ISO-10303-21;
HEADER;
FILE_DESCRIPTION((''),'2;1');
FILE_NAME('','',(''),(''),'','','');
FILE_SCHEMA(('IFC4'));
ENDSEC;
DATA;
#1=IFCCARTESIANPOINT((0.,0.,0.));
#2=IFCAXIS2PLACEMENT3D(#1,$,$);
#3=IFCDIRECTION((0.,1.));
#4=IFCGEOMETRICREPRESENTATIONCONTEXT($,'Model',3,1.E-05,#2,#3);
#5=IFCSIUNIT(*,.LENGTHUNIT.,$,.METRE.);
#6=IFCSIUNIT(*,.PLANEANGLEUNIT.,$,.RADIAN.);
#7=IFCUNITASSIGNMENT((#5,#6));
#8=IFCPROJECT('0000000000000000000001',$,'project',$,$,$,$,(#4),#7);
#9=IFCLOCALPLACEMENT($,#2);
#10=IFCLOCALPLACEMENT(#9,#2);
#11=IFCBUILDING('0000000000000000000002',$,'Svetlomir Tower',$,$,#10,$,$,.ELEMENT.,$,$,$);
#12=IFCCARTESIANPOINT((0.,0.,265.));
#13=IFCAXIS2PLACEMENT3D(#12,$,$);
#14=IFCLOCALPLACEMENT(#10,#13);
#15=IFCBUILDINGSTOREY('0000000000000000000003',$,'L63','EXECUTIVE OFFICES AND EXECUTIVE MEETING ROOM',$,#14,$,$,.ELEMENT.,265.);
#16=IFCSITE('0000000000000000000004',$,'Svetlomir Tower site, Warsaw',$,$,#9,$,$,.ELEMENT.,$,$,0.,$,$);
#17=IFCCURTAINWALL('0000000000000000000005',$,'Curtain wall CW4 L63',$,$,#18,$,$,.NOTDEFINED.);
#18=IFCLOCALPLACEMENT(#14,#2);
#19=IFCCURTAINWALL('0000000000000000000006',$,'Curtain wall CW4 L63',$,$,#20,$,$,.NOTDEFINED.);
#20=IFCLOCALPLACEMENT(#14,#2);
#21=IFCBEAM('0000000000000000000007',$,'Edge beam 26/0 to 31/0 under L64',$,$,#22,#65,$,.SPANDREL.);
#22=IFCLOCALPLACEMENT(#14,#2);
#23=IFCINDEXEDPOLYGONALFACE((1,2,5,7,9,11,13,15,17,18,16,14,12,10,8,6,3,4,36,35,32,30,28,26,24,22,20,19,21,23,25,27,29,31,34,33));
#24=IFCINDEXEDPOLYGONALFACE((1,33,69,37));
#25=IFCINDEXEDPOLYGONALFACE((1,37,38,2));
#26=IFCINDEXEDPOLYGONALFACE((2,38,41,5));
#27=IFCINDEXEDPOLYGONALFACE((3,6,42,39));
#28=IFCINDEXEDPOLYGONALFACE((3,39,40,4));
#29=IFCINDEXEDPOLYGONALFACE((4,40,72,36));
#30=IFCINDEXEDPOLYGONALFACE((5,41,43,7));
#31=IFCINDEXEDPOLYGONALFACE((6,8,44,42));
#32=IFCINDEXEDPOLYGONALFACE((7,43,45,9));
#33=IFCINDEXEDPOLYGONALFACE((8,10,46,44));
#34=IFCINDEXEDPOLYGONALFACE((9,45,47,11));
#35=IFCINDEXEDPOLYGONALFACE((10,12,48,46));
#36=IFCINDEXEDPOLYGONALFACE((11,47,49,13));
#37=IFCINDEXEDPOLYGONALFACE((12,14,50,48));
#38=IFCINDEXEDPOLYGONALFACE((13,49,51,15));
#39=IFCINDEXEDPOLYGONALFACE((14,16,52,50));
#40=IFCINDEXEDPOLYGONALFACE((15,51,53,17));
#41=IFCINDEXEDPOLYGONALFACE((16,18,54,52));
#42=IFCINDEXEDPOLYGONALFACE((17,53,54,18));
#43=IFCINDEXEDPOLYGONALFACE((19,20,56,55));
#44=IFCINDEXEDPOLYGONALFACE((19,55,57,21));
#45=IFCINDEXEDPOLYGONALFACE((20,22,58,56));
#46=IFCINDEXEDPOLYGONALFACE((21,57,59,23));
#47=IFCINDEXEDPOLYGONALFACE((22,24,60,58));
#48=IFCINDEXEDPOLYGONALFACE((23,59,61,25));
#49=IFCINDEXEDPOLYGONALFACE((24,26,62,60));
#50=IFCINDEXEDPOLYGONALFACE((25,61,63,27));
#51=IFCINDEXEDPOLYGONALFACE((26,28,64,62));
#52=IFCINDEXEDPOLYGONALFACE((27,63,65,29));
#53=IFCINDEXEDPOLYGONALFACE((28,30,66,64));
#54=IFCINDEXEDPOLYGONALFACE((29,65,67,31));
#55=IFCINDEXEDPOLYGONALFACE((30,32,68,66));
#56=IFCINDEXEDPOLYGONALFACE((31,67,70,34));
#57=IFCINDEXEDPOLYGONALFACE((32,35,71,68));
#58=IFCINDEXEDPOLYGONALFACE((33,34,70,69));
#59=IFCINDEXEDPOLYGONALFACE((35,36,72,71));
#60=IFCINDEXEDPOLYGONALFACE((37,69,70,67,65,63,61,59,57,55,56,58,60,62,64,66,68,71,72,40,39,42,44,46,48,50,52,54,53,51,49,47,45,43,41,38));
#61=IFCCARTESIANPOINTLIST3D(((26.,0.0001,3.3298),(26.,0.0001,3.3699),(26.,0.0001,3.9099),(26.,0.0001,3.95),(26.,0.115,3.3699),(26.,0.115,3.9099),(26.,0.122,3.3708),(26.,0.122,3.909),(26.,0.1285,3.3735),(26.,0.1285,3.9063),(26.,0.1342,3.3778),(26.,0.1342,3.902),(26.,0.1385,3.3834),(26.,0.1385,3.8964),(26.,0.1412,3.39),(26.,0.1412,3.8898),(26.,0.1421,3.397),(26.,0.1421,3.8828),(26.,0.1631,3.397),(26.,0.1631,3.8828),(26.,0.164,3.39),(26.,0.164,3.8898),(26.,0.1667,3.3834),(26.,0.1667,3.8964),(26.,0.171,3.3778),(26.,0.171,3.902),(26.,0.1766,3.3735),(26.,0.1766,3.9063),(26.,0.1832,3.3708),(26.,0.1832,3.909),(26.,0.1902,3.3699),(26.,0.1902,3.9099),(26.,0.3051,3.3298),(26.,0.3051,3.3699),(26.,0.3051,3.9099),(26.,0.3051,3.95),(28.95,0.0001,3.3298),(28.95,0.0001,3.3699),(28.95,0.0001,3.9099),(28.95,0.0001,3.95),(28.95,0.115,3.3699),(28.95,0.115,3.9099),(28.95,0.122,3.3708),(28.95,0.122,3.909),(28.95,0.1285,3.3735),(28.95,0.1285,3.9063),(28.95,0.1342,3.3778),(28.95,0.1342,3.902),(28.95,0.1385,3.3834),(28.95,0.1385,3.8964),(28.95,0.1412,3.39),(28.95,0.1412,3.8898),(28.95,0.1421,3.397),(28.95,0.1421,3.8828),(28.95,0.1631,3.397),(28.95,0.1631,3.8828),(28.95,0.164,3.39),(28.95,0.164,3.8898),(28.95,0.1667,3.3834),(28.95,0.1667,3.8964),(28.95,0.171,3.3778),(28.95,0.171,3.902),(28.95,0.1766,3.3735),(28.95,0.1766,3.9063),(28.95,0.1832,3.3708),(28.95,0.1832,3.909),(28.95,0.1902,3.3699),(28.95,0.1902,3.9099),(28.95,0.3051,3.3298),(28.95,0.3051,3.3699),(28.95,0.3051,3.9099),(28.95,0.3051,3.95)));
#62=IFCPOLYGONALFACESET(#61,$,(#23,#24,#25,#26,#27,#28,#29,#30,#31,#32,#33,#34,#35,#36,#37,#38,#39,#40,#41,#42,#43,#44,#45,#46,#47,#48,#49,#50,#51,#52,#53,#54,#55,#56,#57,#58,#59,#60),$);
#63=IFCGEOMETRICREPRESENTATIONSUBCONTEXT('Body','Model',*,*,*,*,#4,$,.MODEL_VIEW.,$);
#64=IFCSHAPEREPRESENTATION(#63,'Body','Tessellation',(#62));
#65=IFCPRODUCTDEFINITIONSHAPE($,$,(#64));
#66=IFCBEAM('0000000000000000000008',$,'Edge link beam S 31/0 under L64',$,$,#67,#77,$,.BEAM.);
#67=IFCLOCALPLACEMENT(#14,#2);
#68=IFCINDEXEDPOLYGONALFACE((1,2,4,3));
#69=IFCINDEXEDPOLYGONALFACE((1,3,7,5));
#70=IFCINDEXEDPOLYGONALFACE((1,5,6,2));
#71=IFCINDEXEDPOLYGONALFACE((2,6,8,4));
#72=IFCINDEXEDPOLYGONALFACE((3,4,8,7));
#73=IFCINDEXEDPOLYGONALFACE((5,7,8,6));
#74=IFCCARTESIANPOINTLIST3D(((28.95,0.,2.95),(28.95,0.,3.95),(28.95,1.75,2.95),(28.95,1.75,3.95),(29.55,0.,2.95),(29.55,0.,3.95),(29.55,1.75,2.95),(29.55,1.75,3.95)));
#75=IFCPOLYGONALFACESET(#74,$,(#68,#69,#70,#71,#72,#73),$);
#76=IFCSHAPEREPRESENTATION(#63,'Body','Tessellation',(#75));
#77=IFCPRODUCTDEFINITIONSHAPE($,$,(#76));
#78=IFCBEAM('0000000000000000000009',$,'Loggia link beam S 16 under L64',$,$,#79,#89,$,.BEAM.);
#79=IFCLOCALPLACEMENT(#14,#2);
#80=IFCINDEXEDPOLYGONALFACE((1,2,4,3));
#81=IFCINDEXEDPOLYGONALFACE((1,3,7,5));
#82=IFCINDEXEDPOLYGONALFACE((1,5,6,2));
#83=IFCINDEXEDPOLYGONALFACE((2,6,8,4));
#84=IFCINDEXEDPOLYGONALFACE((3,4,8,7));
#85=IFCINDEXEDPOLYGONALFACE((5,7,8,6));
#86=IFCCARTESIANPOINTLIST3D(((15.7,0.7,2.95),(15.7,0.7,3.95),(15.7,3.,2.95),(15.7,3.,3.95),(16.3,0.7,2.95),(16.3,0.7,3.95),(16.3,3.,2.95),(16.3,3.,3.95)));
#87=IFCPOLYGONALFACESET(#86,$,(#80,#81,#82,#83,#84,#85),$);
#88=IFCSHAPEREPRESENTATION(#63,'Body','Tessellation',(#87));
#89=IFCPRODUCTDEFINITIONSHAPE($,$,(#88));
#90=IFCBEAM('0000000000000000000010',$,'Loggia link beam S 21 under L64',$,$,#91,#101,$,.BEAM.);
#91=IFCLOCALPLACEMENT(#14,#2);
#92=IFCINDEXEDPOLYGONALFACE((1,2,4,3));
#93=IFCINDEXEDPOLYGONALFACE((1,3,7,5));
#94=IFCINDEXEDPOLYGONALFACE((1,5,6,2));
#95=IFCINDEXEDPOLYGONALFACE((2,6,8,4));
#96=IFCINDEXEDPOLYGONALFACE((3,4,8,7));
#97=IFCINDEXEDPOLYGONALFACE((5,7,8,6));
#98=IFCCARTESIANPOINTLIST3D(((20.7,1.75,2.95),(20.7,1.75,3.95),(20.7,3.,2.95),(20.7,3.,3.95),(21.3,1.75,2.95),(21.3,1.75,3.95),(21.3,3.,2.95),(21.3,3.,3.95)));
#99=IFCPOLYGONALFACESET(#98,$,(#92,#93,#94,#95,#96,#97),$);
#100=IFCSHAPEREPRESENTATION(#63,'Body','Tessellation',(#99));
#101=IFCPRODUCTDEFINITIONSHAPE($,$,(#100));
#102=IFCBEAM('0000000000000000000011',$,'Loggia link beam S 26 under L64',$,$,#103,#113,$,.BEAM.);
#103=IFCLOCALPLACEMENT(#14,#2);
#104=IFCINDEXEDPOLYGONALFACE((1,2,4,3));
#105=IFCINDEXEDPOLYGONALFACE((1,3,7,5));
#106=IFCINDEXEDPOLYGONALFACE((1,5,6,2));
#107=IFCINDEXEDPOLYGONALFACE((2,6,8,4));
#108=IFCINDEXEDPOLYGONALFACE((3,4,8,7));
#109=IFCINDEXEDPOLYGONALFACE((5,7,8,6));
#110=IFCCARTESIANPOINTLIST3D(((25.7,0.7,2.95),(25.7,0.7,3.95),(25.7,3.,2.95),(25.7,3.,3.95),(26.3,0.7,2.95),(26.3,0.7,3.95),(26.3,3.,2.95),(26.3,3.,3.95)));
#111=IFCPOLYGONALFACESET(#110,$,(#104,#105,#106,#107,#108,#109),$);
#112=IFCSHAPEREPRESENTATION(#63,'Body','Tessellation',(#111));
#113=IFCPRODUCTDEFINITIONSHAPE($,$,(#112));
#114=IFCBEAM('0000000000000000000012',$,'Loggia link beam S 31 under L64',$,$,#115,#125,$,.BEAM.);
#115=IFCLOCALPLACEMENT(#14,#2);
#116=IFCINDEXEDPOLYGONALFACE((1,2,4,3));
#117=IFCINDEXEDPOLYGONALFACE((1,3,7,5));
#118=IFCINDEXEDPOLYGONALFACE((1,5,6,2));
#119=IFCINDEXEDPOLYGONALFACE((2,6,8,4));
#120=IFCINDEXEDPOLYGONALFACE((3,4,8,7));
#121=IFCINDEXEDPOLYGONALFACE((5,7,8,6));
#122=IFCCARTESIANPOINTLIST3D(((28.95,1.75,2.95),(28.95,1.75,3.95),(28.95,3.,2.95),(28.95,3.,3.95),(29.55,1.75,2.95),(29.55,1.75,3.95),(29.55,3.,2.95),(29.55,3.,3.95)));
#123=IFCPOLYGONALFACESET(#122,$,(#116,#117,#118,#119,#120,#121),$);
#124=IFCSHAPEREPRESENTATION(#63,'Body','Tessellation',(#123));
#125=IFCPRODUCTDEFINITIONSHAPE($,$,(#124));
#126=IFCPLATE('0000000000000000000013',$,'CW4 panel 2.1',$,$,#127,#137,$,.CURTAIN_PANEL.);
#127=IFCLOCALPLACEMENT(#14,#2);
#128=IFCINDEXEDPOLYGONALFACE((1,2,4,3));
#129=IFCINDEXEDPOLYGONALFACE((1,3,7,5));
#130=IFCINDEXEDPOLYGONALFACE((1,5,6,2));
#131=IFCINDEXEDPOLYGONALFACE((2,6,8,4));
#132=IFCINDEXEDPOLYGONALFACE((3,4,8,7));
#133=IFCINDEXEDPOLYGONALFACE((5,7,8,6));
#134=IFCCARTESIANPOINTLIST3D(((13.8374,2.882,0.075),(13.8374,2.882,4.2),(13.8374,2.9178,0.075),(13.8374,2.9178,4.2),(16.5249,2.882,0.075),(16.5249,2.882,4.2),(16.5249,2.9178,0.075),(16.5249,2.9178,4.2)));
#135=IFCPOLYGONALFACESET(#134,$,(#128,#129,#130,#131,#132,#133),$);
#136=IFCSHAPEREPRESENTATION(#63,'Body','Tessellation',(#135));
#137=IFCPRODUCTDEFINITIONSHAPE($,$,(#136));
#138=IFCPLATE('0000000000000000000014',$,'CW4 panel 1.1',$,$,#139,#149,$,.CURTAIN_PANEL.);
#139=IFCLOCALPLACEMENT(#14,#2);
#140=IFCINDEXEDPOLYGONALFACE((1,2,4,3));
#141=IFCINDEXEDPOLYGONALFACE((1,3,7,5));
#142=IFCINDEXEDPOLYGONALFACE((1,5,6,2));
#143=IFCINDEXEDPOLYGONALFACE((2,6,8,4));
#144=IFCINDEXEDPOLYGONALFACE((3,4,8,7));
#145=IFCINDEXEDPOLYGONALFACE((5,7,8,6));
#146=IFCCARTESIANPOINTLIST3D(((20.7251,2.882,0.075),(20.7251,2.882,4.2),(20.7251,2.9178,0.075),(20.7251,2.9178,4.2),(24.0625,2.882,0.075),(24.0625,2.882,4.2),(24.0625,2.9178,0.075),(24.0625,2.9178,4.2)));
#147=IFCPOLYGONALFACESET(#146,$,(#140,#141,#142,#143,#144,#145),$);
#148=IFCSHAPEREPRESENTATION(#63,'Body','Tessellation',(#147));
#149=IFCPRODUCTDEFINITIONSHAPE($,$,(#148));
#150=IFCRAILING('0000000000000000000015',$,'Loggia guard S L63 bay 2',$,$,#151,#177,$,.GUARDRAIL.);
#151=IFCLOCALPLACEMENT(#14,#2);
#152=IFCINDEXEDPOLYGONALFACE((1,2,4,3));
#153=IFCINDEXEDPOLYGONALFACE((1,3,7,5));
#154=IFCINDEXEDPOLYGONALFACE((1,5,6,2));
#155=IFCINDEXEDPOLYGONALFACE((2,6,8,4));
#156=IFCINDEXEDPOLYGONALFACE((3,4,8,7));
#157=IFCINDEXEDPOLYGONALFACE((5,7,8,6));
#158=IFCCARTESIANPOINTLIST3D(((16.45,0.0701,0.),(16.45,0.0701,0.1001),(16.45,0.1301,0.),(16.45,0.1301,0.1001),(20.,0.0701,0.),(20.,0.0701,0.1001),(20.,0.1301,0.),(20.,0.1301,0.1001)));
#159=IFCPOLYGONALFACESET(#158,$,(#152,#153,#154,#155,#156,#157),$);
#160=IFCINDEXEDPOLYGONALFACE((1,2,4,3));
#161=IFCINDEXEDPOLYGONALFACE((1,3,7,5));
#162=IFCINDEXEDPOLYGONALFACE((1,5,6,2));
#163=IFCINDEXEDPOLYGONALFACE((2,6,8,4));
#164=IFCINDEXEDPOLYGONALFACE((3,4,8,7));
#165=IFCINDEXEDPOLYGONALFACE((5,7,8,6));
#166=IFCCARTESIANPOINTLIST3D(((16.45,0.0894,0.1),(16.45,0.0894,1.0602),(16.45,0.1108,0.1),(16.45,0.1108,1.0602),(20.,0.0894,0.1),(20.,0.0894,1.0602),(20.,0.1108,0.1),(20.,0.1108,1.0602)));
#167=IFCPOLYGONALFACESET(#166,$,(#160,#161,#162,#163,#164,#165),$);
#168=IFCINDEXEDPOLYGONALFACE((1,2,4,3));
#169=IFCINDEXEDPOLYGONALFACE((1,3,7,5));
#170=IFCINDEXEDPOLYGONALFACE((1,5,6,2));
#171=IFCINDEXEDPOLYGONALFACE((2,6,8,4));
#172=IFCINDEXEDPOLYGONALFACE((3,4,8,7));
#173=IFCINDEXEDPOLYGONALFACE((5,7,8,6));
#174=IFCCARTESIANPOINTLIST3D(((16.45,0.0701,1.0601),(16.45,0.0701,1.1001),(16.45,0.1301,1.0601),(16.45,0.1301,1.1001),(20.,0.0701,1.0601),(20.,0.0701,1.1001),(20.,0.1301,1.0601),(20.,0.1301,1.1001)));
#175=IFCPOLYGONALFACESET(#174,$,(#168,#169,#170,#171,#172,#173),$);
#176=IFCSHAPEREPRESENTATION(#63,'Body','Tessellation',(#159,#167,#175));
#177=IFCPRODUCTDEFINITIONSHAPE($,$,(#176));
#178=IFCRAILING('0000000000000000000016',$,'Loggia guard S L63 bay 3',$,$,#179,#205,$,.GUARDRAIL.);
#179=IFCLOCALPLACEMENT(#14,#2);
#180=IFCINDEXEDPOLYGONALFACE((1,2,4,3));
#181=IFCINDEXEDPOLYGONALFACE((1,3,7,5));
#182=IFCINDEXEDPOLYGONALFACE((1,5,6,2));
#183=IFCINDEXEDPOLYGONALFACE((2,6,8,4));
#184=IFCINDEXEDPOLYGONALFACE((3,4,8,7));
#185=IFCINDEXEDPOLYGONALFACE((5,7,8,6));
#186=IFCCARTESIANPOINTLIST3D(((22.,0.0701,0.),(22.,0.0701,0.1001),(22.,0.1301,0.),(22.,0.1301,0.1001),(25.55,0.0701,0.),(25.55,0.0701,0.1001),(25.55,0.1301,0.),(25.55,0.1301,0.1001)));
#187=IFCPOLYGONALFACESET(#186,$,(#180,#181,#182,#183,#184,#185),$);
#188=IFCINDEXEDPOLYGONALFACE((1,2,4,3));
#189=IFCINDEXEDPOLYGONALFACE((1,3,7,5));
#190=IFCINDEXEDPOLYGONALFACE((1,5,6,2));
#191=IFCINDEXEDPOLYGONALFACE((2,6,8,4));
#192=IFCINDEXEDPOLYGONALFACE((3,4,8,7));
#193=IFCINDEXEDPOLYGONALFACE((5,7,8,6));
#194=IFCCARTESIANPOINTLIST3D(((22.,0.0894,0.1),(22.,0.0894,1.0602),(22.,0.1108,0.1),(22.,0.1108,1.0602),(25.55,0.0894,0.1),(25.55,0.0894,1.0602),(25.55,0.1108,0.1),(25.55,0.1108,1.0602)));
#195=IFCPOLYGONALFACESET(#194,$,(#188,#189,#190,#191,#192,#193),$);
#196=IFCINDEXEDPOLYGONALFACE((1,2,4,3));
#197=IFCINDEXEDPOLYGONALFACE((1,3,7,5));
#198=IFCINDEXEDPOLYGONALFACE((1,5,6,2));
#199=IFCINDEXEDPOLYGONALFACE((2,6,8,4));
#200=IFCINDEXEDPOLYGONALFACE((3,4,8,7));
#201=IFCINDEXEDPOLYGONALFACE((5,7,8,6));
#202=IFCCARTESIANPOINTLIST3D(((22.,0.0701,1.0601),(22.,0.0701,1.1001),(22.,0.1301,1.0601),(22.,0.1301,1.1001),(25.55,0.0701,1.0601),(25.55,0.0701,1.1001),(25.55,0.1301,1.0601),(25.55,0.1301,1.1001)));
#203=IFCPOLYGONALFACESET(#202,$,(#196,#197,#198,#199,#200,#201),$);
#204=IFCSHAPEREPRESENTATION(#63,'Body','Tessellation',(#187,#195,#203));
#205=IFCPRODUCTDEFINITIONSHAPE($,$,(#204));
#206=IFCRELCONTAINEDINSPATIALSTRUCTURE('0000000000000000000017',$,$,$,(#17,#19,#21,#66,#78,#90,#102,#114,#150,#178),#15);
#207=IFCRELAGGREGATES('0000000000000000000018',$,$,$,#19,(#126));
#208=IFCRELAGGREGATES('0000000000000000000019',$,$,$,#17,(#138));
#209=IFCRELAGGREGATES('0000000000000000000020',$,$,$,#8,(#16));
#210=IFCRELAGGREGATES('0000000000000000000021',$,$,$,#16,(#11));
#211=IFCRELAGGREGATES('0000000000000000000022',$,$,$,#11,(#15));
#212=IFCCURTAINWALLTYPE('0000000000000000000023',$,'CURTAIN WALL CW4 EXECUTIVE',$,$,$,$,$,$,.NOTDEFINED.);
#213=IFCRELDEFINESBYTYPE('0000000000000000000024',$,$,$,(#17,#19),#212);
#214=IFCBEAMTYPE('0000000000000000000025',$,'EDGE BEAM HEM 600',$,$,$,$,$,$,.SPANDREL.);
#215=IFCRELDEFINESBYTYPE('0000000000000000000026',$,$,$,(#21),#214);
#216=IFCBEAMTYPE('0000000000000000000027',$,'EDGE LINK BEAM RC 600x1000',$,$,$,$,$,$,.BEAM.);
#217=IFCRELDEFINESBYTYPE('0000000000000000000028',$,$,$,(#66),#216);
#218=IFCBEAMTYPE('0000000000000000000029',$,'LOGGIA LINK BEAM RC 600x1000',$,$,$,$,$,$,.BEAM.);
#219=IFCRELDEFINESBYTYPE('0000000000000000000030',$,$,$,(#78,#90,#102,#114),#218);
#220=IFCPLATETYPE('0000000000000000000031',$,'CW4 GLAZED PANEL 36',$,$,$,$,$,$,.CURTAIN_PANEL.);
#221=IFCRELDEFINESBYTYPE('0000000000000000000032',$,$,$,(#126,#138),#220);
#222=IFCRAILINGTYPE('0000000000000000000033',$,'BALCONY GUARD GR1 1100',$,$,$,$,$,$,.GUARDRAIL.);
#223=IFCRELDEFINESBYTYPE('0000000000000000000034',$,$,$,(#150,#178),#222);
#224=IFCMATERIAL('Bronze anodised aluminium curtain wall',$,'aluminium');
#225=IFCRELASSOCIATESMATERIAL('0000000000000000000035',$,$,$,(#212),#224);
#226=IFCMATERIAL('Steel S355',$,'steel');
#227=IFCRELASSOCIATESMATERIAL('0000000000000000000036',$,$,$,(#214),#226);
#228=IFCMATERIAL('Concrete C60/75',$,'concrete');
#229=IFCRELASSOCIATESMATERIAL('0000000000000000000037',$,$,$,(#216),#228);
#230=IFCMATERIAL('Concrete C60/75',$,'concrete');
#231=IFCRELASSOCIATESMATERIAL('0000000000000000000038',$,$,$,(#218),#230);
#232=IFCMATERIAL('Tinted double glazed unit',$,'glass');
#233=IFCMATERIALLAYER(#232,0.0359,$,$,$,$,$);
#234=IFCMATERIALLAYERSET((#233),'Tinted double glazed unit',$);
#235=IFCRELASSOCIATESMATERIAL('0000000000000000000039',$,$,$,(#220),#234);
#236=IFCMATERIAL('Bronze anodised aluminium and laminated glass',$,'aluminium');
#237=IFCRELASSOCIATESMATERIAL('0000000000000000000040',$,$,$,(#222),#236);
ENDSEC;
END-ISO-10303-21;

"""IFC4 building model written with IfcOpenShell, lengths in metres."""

from ifc_helpers import new_model, si_unit, direction, frame, origin, origin_2d, place, context, subcontext, project, spatial, rectangle, i_section, extrude, material, layer, layer_set, material_profile, profile_set, type_object, element, aggregate, save


model = new_model("IFC4")

# Units and contexts
model_context = context("Model", 3, precision=1e-05, world=origin(), true_north=direction((0.0, 1.0)))
body_context = subcontext(model_context, "Body", "Model", "MODEL_VIEW")
ifc_project = project(units=[si_unit("LENGTHUNIT", "METRE"), si_unit("PLANEANGLEUNIT", "RADIAN")], contexts=[model_context])

# Site, building, storey
site_placement = place(None, origin())
site = spatial("IfcSite", under=ifc_project, at=site_placement, Name="Svetlomir Tower site, Warsaw", CompositionType="ELEMENT", RefElevation=0.0)
building_placement = place(site_placement, origin())
building = spatial("IfcBuilding", under=site, at=building_placement, Name="Svetlomir Tower", CompositionType="ELEMENT")
storey_placement = place(building_placement, frame((0.0, 0.0, 265.0)))
storey = spatial("IfcBuildingStorey", under=building, at=storey_placement, Name="L63", Description="EXECUTIVE OFFICES AND EXECUTIVE MEETING ROOM", CompositionType="ELEMENT", Elevation=265.0)

# Curtain walls
ifc_material_1 = material(Name="Bronze anodised aluminium curtain wall", Category="aluminium")
curtain_wall_type = type_object("IfcCurtainWallType", Name="CURTAIN WALL CW4 EXECUTIVE", PredefinedType="NOTDEFINED", material=ifc_material_1)
curtain_wall_1_placement = place(storey_placement, origin())
curtain_wall_1 = element("IfcCurtainWall", 1, at=curtain_wall_1_placement, inside=storey, type_object=curtain_wall_type, Name="Curtain wall CW4 L63", PredefinedType="NOTDEFINED")
curtain_wall_2_placement = place(storey_placement, origin())
curtain_wall_2 = element("IfcCurtainWall", 2, at=curtain_wall_2_placement, inside=storey, type_object=curtain_wall_type, Name="Curtain wall CW4 L63", PredefinedType="NOTDEFINED")

# Beams
ifc_material_2 = material(Name="Steel S355", Category="steel")
ifc_material_profile_1 = material_profile(ifc_material_2, i_section(OverallWidth=0.3049, OverallDepth=0.6201, WebThickness=0.021, FlangeThickness=0.04, FilletRadius=0.0271, at=origin_2d()), Name="HEM 600")
ifc_profile_set_1 = profile_set([ifc_material_profile_1], Name="Steel S355")
beam_type_1 = type_object("IfcBeamType", Name="EDGE BEAM HEM 600", PredefinedType="SPANDREL", material=ifc_profile_set_1)
beam_1_placement = place(storey_placement, frame((26.0, 0.1526, 3.6399), z_axis=(1.0, 0.0, 0.0), x_axis=(0.0, 1.0, 0.0)))
element("IfcBeam", 3, at=beam_1_placement, inside=storey, type_object=beam_type_1, Name="Edge beam 26/0 to 31/0 under L64", PredefinedType="SPANDREL", context=body_context, shape_type="SweptSolid", body=[
    extrude(i_section(OverallWidth=0.3049, OverallDepth=0.6201, WebThickness=0.021, FlangeThickness=0.04, FilletRadius=0.0271, at=origin_2d()), origin(), (0.0, 0.0, 1.0), 2.95),
])
ifc_material_3 = material(Name="Concrete C60/75", Category="concrete")
ifc_material_profile_2 = material_profile(ifc_material_3, rectangle(XDim=0.6001, YDim=1.0, at=origin_2d()), Name="RC 600x1000")
ifc_profile_set_2 = profile_set([ifc_material_profile_2], Name="Concrete C60/75")
beam_type_2 = type_object("IfcBeamType", Name="EDGE LINK BEAM RC 600x1000", PredefinedType="BEAM", material=ifc_profile_set_2)
beam_2_placement = place(storey_placement, frame((29.25, 1.75, 3.45), z_axis=(0.0, -1.0, 0.0), x_axis=(1.0, 0.0, 0.0)))
element("IfcBeam", 4, at=beam_2_placement, inside=storey, type_object=beam_type_2, Name="Edge link beam S 31/0 under L64", PredefinedType="BEAM", context=body_context, shape_type="SweptSolid", body=[
    extrude(rectangle(XDim=0.6001, YDim=1.0, at=origin_2d()), origin(), (0.0, 0.0, 1.0), 1.75),
])
ifc_material_4 = material(Name="Concrete C60/75", Category="concrete")
ifc_material_profile_3 = material_profile(ifc_material_4, rectangle(XDim=0.6001, YDim=1.0, at=origin_2d()), Name="RC 600x1000")
ifc_profile_set_3 = profile_set([ifc_material_profile_3], Name="Concrete C60/75")
beam_type_3 = type_object("IfcBeamType", Name="LOGGIA LINK BEAM RC 600x1000", PredefinedType="BEAM", material=ifc_profile_set_3)
beam_3_placement = place(storey_placement, frame((16.0, 0.7, 3.45), z_axis=(0.0, 1.0, 0.0), x_axis=(-1.0, 0.0, 0.0)))
element("IfcBeam", 5, at=beam_3_placement, inside=storey, type_object=beam_type_3, Name="Loggia link beam S 16 under L64", PredefinedType="BEAM", context=body_context, shape_type="SweptSolid", body=[
    extrude(rectangle(XDim=0.6001, YDim=1.0, at=origin_2d()), origin(), (0.0, 0.0, 1.0), 2.3),
])
beam_4_placement = place(storey_placement, frame((21.0, 1.75, 3.45), z_axis=(0.0, 1.0, 0.0), x_axis=(-1.0, 0.0, 0.0)))
element("IfcBeam", 6, at=beam_4_placement, inside=storey, type_object=beam_type_3, Name="Loggia link beam S 21 under L64", PredefinedType="BEAM", context=body_context, shape_type="SweptSolid", body=[
    extrude(rectangle(XDim=0.6001, YDim=1.0, at=origin_2d()), origin(), (0.0, 0.0, 1.0), 1.25),
])
beam_5_placement = place(storey_placement, frame((26.0, 0.7, 3.45), z_axis=(0.0, 1.0, 0.0), x_axis=(-1.0, 0.0, 0.0)))
element("IfcBeam", 7, at=beam_5_placement, inside=storey, type_object=beam_type_3, Name="Loggia link beam S 26 under L64", PredefinedType="BEAM", context=body_context, shape_type="SweptSolid", body=[
    extrude(rectangle(XDim=0.6001, YDim=1.0, at=origin_2d()), origin(), (0.0, 0.0, 1.0), 2.3),
])
beam_6_placement = place(storey_placement, frame((29.25, 1.75, 3.45), z_axis=(0.0, 1.0, 0.0), x_axis=(-1.0, 0.0, 0.0)))
element("IfcBeam", 8, at=beam_6_placement, inside=storey, type_object=beam_type_3, Name="Loggia link beam S 31 under L64", PredefinedType="BEAM", context=body_context, shape_type="SweptSolid", body=[
    extrude(rectangle(XDim=0.6001, YDim=1.0, at=origin_2d()), origin(), (0.0, 0.0, 1.0), 1.25),
])

# Plates
ifc_material_5 = material(Name="Tinted double glazed unit", Category="glass")
ifc_layer_1 = layer(ifc_material_5, 0.0359)
ifc_layer_set_1 = layer_set([ifc_layer_1], Name="Tinted double glazed unit")
plate_type = type_object("IfcPlateType", Name="CW4 GLAZED PANEL 36", PredefinedType="CURTAIN_PANEL", material=ifc_layer_set_1)
plate_1_placement = place(storey_placement, frame((15.1812, 2.8999, 0.075), z_axis=(0.0, 0.0, 1.0), x_axis=(1.0, 0.0, 0.0)))
plate_1 = element("IfcPlate", 9, at=plate_1_placement, type_object=plate_type, Name="CW4 panel 2.1", PredefinedType="CURTAIN_PANEL", context=body_context, shape_type="SweptSolid", body=[
    extrude(rectangle(XDim=2.6875, YDim=0.0359, at=origin_2d()), origin(), (0.0, 0.0, 1.0), 4.125),
])
aggregate(curtain_wall_2, [plate_1])
plate_2_placement = place(storey_placement, frame((22.3938, 2.8999, 0.075), z_axis=(0.0, 0.0, 1.0), x_axis=(1.0, 0.0, 0.0)))
plate_2 = element("IfcPlate", 10, at=plate_2_placement, type_object=plate_type, Name="CW4 panel 1.1", PredefinedType="CURTAIN_PANEL", context=body_context, shape_type="SweptSolid", body=[
    extrude(rectangle(XDim=3.3374, YDim=0.0359, at=origin_2d()), origin(), (0.0, 0.0, 1.0), 4.125),
])
aggregate(curtain_wall_1, [plate_2])

# Railings
ifc_material_6 = material(Name="Bronze anodised aluminium and laminated glass", Category="aluminium")
railing_type = type_object("IfcRailingType", Name="BALCONY GUARD GR1 1100", PredefinedType="GUARDRAIL", material=ifc_material_6)
for number, where, name in (
    (11, (16.45, 0.1001, 0.0), "Loggia guard S L63 bay 2"),
    (12, (22.0, 0.1001, 0.0), "Loggia guard S L63 bay 3"),
):
    element("IfcRailing", number, at=place(storey_placement, frame(where)), inside=storey, type_object=railing_type, Name=name, PredefinedType="GUARDRAIL", context=body_context, shape_type="SweptSolid", body=[
        extrude(rectangle(XDim=0.0601, YDim=0.1001, at=origin_2d()), frame((0.0, 0.0, 0.05), z_axis=(1.0, 0.0, 0.0), x_axis=(0.0, 1.0, 0.0)), (0.0, 0.0, 1.0), 3.55),
        extrude(rectangle(XDim=0.0215, YDim=0.9602, at=origin_2d()), frame((0.0, 0.0, 0.5801), z_axis=(1.0, 0.0, 0.0), x_axis=(0.0, 1.0, 0.0)), (0.0, 0.0, 1.0), 3.55),
        extrude(rectangle(XDim=0.0601, YDim=0.04, at=origin_2d()), frame((0.0, 0.0, 1.0801), z_axis=(1.0, 0.0, 0.0), x_axis=(0.0, 1.0, 0.0)), (0.0, 0.0, 1.0), 3.55),
    ])

save(model, "model.ifc")
